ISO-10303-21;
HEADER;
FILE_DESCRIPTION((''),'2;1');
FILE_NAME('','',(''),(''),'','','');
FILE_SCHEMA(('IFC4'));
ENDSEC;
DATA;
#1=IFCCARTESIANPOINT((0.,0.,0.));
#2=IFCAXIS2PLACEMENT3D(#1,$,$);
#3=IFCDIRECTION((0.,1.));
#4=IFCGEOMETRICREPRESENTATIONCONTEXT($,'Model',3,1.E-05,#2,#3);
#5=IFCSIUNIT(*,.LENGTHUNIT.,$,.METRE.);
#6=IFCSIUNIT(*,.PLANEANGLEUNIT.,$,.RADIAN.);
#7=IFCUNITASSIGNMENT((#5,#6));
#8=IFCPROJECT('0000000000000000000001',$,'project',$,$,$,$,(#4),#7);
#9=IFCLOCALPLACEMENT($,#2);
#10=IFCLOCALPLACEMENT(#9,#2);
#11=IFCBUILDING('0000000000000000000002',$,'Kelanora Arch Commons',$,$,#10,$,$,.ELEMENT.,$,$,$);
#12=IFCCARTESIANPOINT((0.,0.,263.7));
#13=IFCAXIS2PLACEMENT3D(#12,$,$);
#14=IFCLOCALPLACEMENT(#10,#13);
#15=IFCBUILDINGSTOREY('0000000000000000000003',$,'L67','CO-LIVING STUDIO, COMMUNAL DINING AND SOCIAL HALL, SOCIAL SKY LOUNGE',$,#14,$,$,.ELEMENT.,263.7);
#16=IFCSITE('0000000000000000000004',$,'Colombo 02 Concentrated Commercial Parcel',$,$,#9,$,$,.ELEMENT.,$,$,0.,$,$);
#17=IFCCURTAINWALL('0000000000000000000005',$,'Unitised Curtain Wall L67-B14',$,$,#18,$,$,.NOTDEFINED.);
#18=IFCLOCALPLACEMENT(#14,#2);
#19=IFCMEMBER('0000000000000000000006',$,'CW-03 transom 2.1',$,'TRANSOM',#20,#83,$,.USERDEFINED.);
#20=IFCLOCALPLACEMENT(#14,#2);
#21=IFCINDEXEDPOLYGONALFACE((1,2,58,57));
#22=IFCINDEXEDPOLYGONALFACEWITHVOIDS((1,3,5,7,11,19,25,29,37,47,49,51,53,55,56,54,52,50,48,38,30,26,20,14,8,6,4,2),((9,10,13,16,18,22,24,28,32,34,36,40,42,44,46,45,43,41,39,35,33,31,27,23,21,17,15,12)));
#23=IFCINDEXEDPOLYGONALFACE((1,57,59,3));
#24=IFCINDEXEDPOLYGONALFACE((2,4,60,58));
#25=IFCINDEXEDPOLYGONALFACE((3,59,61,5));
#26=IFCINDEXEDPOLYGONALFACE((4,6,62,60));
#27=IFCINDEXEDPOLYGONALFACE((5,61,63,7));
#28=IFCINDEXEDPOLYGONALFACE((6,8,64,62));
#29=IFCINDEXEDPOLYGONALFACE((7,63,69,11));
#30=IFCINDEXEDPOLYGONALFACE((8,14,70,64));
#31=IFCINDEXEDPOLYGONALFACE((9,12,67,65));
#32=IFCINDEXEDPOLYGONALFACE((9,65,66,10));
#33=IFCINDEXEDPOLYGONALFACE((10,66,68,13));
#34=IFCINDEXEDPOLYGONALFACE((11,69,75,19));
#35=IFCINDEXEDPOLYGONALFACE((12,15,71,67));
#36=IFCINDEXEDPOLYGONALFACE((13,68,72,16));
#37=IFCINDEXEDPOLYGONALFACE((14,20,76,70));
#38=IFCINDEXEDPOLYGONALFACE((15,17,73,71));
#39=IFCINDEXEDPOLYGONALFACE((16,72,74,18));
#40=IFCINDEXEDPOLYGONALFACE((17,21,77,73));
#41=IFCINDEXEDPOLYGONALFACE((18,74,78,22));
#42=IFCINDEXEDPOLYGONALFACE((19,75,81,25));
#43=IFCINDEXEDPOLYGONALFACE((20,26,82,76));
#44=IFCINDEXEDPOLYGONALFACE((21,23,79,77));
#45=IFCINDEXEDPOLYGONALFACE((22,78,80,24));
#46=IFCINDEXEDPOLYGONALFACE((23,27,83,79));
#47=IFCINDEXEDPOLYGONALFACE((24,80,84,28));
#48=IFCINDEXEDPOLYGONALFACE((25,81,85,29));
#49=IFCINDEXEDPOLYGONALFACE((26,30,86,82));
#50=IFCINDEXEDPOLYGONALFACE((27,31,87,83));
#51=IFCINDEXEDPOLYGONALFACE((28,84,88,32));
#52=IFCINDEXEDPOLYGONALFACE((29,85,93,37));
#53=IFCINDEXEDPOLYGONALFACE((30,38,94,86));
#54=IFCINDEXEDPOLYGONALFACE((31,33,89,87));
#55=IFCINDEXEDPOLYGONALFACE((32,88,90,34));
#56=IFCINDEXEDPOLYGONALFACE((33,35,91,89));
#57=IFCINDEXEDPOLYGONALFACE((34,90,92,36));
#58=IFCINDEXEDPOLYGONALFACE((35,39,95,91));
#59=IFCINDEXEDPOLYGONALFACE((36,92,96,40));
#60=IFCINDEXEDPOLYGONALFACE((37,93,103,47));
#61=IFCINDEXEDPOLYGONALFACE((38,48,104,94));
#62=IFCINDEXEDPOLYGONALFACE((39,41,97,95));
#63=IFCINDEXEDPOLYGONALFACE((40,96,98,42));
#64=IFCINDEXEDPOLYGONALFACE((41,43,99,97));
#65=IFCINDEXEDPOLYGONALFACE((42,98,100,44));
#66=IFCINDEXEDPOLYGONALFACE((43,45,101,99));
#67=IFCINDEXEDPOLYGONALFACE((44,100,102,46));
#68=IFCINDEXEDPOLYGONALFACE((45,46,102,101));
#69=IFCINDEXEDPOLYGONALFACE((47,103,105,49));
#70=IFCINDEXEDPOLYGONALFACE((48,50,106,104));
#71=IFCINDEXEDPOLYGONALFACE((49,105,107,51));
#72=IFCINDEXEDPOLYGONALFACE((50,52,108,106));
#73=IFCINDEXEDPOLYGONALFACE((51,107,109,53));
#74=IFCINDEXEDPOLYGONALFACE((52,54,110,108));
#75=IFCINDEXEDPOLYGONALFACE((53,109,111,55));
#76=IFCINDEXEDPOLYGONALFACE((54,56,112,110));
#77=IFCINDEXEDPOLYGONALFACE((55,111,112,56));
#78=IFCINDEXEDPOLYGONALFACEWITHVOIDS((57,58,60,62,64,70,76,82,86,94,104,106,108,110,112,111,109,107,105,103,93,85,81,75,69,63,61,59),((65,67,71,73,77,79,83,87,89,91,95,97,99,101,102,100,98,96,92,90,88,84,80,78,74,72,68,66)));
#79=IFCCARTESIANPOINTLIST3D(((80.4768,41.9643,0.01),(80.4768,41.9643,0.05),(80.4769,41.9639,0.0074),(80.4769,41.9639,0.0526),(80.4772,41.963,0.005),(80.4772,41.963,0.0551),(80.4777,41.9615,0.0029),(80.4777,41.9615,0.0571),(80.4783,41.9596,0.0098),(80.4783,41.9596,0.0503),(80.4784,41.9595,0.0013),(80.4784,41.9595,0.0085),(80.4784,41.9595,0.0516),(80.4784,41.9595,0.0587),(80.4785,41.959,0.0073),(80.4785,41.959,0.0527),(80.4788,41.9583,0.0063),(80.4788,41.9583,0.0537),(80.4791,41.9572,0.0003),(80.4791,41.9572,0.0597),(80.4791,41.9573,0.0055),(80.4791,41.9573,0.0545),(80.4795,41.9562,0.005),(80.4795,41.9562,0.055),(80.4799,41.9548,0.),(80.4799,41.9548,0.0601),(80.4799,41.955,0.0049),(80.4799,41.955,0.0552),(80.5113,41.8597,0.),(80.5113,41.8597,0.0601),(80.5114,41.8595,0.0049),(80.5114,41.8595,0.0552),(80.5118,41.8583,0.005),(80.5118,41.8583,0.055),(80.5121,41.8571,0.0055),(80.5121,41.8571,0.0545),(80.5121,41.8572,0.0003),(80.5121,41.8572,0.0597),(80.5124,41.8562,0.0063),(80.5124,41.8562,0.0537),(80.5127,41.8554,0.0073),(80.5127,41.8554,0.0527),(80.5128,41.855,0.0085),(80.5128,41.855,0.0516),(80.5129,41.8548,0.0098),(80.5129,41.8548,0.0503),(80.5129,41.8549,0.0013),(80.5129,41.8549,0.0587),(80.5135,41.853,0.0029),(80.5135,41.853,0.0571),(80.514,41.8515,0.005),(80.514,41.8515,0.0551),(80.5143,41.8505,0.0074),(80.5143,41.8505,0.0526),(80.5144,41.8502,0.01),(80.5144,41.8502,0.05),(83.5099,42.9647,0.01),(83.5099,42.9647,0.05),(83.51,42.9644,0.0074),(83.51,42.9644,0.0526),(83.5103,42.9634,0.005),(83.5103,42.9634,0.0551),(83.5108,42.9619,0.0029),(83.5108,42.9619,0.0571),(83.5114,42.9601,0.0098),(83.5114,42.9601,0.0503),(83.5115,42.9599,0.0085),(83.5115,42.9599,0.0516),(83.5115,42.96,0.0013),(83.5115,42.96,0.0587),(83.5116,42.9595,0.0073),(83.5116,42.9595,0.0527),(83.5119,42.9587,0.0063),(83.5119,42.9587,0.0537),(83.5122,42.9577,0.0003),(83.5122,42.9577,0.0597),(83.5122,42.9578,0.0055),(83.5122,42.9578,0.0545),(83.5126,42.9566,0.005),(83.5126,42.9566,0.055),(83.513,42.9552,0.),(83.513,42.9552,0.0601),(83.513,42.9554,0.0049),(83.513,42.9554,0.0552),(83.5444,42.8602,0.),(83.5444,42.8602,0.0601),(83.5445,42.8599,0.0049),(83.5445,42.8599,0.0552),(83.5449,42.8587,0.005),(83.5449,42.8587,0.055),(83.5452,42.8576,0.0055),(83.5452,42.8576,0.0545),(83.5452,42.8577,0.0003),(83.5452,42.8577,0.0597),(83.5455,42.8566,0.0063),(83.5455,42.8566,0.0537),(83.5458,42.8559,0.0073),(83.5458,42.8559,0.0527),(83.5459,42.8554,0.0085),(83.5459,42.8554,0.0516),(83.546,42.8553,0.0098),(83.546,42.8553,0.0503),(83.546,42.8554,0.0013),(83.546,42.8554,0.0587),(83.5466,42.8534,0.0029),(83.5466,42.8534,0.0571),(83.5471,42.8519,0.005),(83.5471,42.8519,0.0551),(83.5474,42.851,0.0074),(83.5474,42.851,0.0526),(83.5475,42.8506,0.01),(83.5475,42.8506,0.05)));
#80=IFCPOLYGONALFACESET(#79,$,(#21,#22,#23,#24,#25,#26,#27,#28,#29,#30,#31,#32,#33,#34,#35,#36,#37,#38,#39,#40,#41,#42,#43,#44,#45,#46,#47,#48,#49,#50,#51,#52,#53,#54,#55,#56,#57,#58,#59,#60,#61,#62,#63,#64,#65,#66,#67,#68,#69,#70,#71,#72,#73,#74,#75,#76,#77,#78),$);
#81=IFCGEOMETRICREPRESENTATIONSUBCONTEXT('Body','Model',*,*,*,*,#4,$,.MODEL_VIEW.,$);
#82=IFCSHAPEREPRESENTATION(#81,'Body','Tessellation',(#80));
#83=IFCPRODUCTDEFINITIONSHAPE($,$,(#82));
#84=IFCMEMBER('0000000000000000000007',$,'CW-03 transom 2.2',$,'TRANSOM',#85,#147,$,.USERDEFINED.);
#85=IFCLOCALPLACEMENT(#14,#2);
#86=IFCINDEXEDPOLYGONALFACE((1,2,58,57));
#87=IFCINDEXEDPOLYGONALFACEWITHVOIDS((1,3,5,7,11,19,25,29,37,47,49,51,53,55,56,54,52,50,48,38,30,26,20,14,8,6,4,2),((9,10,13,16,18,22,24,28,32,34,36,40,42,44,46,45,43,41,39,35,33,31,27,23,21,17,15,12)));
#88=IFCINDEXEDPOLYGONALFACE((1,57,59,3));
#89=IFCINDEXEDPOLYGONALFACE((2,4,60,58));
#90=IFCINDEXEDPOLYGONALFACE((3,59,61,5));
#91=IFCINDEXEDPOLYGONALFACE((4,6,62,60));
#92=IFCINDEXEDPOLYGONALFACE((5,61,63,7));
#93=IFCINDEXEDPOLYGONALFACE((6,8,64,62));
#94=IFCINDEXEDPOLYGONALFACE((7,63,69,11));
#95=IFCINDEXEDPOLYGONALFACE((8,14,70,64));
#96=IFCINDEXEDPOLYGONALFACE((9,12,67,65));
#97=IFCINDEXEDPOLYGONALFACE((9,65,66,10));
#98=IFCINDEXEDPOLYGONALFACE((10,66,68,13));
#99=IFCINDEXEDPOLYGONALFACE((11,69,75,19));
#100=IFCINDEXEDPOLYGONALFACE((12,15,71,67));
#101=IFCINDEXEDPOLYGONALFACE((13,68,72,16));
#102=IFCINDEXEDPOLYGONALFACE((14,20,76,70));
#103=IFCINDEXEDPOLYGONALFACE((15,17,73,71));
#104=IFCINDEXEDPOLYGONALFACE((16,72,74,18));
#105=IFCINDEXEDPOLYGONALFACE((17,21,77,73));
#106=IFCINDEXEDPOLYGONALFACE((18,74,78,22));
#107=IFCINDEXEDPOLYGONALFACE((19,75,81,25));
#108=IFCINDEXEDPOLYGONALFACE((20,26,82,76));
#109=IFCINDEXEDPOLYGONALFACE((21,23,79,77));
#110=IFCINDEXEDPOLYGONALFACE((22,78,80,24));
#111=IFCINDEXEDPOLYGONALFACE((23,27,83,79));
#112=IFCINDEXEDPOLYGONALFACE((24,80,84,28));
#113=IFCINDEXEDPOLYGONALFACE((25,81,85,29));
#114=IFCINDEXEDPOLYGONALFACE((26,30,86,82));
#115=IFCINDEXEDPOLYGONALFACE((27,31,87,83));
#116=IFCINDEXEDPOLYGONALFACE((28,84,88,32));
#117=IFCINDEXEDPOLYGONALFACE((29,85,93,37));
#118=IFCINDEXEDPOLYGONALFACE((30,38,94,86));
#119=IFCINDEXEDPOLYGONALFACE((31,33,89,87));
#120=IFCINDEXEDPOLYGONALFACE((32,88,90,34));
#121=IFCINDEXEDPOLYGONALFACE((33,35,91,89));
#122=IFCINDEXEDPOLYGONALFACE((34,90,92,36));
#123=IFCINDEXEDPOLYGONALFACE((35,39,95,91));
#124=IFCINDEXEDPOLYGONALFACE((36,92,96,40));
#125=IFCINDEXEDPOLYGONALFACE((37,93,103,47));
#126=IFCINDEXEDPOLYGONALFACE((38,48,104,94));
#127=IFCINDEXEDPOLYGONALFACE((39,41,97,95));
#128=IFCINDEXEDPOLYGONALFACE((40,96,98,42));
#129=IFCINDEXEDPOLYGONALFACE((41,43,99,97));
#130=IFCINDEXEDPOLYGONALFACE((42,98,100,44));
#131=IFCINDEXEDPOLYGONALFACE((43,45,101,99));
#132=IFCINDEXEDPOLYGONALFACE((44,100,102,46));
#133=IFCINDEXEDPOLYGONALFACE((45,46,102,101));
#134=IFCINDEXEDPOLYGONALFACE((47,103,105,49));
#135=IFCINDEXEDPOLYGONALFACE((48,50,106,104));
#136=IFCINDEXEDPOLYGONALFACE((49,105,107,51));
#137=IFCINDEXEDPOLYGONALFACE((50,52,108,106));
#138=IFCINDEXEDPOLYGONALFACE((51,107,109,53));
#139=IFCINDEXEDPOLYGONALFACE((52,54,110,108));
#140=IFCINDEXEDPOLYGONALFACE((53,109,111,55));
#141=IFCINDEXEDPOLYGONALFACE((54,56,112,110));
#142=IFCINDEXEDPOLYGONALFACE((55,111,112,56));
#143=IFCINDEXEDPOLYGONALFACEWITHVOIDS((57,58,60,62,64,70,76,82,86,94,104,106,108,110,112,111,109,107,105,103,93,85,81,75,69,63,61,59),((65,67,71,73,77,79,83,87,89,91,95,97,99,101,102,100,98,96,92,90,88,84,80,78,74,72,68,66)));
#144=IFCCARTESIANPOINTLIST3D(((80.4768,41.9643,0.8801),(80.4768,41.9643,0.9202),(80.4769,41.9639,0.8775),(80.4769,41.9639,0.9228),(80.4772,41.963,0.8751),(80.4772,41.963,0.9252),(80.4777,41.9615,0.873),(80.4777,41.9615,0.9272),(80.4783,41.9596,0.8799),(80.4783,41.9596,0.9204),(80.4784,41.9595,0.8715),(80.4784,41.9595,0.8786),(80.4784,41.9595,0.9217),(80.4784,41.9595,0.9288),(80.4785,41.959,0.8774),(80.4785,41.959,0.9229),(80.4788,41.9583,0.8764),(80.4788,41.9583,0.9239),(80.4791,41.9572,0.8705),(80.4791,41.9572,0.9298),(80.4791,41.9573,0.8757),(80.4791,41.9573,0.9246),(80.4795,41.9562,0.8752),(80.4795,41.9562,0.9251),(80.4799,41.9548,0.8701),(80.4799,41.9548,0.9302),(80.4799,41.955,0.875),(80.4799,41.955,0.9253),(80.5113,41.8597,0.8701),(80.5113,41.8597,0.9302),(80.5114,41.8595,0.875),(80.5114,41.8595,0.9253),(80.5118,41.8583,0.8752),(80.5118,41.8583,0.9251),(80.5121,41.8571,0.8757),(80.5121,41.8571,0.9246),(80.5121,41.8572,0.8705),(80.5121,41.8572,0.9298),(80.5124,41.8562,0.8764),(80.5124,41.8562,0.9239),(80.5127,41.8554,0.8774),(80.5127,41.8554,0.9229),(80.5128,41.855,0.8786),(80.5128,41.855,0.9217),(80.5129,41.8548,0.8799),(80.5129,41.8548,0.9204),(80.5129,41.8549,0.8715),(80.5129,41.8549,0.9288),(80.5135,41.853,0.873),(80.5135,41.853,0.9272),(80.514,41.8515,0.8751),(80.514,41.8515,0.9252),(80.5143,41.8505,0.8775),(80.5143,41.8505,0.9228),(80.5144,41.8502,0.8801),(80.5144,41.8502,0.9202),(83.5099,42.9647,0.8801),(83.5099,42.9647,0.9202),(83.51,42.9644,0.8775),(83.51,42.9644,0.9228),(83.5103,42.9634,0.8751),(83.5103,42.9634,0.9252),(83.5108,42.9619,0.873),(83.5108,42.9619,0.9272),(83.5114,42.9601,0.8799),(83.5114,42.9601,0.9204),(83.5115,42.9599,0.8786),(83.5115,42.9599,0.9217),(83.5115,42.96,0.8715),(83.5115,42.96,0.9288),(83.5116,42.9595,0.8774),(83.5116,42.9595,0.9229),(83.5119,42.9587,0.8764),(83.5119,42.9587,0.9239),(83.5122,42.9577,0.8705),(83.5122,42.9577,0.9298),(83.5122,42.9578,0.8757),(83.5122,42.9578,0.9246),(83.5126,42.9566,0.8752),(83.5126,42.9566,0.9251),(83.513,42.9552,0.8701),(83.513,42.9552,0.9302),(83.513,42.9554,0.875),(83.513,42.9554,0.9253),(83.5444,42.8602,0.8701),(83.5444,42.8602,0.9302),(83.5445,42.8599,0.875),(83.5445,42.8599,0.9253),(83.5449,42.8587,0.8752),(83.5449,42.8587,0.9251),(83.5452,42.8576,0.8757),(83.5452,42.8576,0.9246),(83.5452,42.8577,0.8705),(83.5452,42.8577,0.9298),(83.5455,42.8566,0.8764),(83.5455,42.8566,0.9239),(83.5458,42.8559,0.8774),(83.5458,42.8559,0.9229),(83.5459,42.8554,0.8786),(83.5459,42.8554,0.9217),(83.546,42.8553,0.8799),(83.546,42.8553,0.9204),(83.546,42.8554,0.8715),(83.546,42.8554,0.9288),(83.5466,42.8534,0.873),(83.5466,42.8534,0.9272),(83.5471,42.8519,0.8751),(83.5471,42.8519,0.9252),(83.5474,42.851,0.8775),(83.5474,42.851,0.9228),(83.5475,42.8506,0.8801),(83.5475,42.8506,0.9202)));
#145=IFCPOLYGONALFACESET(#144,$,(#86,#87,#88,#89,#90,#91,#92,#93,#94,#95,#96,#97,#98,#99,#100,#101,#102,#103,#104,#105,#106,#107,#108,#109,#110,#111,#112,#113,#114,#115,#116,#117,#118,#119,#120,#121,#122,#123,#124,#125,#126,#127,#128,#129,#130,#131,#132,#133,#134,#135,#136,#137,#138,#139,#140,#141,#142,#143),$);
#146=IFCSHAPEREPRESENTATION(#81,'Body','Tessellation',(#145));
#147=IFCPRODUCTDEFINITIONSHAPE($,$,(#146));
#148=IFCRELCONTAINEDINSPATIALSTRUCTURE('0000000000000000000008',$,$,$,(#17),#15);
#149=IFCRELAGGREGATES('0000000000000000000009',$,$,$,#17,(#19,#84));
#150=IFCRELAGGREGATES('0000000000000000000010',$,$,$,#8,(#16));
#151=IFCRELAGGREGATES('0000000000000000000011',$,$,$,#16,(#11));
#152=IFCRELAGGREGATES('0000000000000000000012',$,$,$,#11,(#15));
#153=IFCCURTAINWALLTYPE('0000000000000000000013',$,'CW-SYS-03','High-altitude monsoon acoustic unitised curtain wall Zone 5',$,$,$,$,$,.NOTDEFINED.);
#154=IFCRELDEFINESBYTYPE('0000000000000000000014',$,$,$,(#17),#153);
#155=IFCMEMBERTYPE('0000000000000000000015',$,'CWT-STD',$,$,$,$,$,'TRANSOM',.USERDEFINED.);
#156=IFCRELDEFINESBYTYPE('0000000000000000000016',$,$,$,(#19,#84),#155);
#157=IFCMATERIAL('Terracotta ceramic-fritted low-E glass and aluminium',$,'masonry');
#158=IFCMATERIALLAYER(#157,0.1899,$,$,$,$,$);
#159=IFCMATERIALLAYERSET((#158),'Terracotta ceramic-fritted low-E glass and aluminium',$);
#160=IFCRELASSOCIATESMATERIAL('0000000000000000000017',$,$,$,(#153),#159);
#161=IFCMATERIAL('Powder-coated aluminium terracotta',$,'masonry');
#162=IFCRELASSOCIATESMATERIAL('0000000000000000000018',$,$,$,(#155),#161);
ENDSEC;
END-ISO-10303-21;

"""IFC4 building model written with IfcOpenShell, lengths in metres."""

from ifc_helpers import new_model, si_unit, direction, frame, origin, origin_2d, place, context, subcontext, project, spatial, hollow_rectangle, extrude, material, layer, layer_set, material_profile, profile_set, type_object, element, aggregate, save


model = new_model("IFC4")

# Units and contexts
model_context = context("Model", 3, precision=1e-05, world=origin(), true_north=direction((0.0, 1.0)))
body_context = subcontext(model_context, "Body", "Model", "MODEL_VIEW")
ifc_project = project(units=[si_unit("LENGTHUNIT", "METRE"), si_unit("PLANEANGLEUNIT", "RADIAN")], contexts=[model_context])

# Site, building, storey
site_placement = place(None, origin())
site = spatial("IfcSite", under=ifc_project, at=site_placement, Name="Colombo 02 Concentrated Commercial Parcel", CompositionType="ELEMENT", RefElevation=0.0)
building_placement = place(site_placement, origin())
building = spatial("IfcBuilding", under=site, at=building_placement, Name="Kelanora Arch Commons", CompositionType="ELEMENT")
storey_placement = place(building_placement, frame((0.0, 0.0, 263.7)))
storey = spatial("IfcBuildingStorey", under=building, at=storey_placement, Name="L67", Description="CO-LIVING STUDIO, COMMUNAL DINING AND SOCIAL HALL, SOCIAL SKY LOUNGE", CompositionType="ELEMENT", Elevation=263.7)

# Curtain wall, members
ifc_material_1 = material(Name="Terracotta ceramic-fritted low-E glass and aluminium", Category="masonry")
ifc_layer_1 = layer(ifc_material_1, 0.1899)
ifc_layer_set_1 = layer_set([ifc_layer_1], Name="Terracotta ceramic-fritted low-E glass and aluminium")
curtain_wall_type = type_object("IfcCurtainWallType", Name="CW-SYS-03", Description="High-altitude monsoon acoustic unitised curtain wall Zone 5", PredefinedType="NOTDEFINED", material=ifc_layer_set_1)
curtain_wall_placement = place(storey_placement, origin())
curtain_wall = element("IfcCurtainWall", 1, at=curtain_wall_placement, inside=storey, type_object=curtain_wall_type, Name="Unitised Curtain Wall L67-B14", PredefinedType="NOTDEFINED")
ifc_material_2 = material(Name="Powder-coated aluminium terracotta", Category="masonry")
ifc_material_profile_1 = material_profile(ifc_material_2, hollow_rectangle(XDim=0.1201, YDim=0.0601, WallThickness=0.0049, InnerFilletRadius=0.0049, OuterFilletRadius=0.01, at=origin_2d()), Name="CWT120x60")
ifc_profile_set_1 = profile_set([ifc_material_profile_1], Name="Powder-coated aluminium terracotta")
member_type_1 = type_object("IfcMemberType", Name="CWT-STD", ElementType="TRANSOM", PredefinedType="USERDEFINED", material=ifc_profile_set_1)
member_1_placement = place(storey_placement, frame((80.4956, 41.9072, 0.03), z_axis=(0.949672, 0.313245, 0.0), x_axis=(-0.313245, 0.949672, 0.0)))
member_1 = element("IfcMember", 2, at=member_1_placement, type_object=member_type_1, Name="CW-03 transom 2.1", ObjectType="TRANSOM", PredefinedType="USERDEFINED", context=body_context, shape_type="SweptSolid", body=[
    extrude(hollow_rectangle(XDim=0.1201, YDim=0.0601, WallThickness=0.0049, InnerFilletRadius=0.0049, OuterFilletRadius=0.01, at=origin_2d()), origin(), (0.0, 0.0, 1.0), 3.1938),
])
member_2_placement = place(storey_placement, frame((80.4956, 41.9072, 0.9001), z_axis=(0.949672, 0.313245, 0.0), x_axis=(-0.313245, 0.949672, 0.0)))
member_2 = element("IfcMember", 3, at=member_2_placement, type_object=member_type_1, Name="CW-03 transom 2.2", ObjectType="TRANSOM", PredefinedType="USERDEFINED", context=body_context, shape_type="SweptSolid", body=[
    extrude(hollow_rectangle(XDim=0.1201, YDim=0.0601, WallThickness=0.0049, InnerFilletRadius=0.0049, OuterFilletRadius=0.01, at=origin_2d()), origin(), (0.0, 0.0, 1.0), 3.1938),
])
aggregate(curtain_wall, [member_1, member_2])

save(model, "model.ifc")
